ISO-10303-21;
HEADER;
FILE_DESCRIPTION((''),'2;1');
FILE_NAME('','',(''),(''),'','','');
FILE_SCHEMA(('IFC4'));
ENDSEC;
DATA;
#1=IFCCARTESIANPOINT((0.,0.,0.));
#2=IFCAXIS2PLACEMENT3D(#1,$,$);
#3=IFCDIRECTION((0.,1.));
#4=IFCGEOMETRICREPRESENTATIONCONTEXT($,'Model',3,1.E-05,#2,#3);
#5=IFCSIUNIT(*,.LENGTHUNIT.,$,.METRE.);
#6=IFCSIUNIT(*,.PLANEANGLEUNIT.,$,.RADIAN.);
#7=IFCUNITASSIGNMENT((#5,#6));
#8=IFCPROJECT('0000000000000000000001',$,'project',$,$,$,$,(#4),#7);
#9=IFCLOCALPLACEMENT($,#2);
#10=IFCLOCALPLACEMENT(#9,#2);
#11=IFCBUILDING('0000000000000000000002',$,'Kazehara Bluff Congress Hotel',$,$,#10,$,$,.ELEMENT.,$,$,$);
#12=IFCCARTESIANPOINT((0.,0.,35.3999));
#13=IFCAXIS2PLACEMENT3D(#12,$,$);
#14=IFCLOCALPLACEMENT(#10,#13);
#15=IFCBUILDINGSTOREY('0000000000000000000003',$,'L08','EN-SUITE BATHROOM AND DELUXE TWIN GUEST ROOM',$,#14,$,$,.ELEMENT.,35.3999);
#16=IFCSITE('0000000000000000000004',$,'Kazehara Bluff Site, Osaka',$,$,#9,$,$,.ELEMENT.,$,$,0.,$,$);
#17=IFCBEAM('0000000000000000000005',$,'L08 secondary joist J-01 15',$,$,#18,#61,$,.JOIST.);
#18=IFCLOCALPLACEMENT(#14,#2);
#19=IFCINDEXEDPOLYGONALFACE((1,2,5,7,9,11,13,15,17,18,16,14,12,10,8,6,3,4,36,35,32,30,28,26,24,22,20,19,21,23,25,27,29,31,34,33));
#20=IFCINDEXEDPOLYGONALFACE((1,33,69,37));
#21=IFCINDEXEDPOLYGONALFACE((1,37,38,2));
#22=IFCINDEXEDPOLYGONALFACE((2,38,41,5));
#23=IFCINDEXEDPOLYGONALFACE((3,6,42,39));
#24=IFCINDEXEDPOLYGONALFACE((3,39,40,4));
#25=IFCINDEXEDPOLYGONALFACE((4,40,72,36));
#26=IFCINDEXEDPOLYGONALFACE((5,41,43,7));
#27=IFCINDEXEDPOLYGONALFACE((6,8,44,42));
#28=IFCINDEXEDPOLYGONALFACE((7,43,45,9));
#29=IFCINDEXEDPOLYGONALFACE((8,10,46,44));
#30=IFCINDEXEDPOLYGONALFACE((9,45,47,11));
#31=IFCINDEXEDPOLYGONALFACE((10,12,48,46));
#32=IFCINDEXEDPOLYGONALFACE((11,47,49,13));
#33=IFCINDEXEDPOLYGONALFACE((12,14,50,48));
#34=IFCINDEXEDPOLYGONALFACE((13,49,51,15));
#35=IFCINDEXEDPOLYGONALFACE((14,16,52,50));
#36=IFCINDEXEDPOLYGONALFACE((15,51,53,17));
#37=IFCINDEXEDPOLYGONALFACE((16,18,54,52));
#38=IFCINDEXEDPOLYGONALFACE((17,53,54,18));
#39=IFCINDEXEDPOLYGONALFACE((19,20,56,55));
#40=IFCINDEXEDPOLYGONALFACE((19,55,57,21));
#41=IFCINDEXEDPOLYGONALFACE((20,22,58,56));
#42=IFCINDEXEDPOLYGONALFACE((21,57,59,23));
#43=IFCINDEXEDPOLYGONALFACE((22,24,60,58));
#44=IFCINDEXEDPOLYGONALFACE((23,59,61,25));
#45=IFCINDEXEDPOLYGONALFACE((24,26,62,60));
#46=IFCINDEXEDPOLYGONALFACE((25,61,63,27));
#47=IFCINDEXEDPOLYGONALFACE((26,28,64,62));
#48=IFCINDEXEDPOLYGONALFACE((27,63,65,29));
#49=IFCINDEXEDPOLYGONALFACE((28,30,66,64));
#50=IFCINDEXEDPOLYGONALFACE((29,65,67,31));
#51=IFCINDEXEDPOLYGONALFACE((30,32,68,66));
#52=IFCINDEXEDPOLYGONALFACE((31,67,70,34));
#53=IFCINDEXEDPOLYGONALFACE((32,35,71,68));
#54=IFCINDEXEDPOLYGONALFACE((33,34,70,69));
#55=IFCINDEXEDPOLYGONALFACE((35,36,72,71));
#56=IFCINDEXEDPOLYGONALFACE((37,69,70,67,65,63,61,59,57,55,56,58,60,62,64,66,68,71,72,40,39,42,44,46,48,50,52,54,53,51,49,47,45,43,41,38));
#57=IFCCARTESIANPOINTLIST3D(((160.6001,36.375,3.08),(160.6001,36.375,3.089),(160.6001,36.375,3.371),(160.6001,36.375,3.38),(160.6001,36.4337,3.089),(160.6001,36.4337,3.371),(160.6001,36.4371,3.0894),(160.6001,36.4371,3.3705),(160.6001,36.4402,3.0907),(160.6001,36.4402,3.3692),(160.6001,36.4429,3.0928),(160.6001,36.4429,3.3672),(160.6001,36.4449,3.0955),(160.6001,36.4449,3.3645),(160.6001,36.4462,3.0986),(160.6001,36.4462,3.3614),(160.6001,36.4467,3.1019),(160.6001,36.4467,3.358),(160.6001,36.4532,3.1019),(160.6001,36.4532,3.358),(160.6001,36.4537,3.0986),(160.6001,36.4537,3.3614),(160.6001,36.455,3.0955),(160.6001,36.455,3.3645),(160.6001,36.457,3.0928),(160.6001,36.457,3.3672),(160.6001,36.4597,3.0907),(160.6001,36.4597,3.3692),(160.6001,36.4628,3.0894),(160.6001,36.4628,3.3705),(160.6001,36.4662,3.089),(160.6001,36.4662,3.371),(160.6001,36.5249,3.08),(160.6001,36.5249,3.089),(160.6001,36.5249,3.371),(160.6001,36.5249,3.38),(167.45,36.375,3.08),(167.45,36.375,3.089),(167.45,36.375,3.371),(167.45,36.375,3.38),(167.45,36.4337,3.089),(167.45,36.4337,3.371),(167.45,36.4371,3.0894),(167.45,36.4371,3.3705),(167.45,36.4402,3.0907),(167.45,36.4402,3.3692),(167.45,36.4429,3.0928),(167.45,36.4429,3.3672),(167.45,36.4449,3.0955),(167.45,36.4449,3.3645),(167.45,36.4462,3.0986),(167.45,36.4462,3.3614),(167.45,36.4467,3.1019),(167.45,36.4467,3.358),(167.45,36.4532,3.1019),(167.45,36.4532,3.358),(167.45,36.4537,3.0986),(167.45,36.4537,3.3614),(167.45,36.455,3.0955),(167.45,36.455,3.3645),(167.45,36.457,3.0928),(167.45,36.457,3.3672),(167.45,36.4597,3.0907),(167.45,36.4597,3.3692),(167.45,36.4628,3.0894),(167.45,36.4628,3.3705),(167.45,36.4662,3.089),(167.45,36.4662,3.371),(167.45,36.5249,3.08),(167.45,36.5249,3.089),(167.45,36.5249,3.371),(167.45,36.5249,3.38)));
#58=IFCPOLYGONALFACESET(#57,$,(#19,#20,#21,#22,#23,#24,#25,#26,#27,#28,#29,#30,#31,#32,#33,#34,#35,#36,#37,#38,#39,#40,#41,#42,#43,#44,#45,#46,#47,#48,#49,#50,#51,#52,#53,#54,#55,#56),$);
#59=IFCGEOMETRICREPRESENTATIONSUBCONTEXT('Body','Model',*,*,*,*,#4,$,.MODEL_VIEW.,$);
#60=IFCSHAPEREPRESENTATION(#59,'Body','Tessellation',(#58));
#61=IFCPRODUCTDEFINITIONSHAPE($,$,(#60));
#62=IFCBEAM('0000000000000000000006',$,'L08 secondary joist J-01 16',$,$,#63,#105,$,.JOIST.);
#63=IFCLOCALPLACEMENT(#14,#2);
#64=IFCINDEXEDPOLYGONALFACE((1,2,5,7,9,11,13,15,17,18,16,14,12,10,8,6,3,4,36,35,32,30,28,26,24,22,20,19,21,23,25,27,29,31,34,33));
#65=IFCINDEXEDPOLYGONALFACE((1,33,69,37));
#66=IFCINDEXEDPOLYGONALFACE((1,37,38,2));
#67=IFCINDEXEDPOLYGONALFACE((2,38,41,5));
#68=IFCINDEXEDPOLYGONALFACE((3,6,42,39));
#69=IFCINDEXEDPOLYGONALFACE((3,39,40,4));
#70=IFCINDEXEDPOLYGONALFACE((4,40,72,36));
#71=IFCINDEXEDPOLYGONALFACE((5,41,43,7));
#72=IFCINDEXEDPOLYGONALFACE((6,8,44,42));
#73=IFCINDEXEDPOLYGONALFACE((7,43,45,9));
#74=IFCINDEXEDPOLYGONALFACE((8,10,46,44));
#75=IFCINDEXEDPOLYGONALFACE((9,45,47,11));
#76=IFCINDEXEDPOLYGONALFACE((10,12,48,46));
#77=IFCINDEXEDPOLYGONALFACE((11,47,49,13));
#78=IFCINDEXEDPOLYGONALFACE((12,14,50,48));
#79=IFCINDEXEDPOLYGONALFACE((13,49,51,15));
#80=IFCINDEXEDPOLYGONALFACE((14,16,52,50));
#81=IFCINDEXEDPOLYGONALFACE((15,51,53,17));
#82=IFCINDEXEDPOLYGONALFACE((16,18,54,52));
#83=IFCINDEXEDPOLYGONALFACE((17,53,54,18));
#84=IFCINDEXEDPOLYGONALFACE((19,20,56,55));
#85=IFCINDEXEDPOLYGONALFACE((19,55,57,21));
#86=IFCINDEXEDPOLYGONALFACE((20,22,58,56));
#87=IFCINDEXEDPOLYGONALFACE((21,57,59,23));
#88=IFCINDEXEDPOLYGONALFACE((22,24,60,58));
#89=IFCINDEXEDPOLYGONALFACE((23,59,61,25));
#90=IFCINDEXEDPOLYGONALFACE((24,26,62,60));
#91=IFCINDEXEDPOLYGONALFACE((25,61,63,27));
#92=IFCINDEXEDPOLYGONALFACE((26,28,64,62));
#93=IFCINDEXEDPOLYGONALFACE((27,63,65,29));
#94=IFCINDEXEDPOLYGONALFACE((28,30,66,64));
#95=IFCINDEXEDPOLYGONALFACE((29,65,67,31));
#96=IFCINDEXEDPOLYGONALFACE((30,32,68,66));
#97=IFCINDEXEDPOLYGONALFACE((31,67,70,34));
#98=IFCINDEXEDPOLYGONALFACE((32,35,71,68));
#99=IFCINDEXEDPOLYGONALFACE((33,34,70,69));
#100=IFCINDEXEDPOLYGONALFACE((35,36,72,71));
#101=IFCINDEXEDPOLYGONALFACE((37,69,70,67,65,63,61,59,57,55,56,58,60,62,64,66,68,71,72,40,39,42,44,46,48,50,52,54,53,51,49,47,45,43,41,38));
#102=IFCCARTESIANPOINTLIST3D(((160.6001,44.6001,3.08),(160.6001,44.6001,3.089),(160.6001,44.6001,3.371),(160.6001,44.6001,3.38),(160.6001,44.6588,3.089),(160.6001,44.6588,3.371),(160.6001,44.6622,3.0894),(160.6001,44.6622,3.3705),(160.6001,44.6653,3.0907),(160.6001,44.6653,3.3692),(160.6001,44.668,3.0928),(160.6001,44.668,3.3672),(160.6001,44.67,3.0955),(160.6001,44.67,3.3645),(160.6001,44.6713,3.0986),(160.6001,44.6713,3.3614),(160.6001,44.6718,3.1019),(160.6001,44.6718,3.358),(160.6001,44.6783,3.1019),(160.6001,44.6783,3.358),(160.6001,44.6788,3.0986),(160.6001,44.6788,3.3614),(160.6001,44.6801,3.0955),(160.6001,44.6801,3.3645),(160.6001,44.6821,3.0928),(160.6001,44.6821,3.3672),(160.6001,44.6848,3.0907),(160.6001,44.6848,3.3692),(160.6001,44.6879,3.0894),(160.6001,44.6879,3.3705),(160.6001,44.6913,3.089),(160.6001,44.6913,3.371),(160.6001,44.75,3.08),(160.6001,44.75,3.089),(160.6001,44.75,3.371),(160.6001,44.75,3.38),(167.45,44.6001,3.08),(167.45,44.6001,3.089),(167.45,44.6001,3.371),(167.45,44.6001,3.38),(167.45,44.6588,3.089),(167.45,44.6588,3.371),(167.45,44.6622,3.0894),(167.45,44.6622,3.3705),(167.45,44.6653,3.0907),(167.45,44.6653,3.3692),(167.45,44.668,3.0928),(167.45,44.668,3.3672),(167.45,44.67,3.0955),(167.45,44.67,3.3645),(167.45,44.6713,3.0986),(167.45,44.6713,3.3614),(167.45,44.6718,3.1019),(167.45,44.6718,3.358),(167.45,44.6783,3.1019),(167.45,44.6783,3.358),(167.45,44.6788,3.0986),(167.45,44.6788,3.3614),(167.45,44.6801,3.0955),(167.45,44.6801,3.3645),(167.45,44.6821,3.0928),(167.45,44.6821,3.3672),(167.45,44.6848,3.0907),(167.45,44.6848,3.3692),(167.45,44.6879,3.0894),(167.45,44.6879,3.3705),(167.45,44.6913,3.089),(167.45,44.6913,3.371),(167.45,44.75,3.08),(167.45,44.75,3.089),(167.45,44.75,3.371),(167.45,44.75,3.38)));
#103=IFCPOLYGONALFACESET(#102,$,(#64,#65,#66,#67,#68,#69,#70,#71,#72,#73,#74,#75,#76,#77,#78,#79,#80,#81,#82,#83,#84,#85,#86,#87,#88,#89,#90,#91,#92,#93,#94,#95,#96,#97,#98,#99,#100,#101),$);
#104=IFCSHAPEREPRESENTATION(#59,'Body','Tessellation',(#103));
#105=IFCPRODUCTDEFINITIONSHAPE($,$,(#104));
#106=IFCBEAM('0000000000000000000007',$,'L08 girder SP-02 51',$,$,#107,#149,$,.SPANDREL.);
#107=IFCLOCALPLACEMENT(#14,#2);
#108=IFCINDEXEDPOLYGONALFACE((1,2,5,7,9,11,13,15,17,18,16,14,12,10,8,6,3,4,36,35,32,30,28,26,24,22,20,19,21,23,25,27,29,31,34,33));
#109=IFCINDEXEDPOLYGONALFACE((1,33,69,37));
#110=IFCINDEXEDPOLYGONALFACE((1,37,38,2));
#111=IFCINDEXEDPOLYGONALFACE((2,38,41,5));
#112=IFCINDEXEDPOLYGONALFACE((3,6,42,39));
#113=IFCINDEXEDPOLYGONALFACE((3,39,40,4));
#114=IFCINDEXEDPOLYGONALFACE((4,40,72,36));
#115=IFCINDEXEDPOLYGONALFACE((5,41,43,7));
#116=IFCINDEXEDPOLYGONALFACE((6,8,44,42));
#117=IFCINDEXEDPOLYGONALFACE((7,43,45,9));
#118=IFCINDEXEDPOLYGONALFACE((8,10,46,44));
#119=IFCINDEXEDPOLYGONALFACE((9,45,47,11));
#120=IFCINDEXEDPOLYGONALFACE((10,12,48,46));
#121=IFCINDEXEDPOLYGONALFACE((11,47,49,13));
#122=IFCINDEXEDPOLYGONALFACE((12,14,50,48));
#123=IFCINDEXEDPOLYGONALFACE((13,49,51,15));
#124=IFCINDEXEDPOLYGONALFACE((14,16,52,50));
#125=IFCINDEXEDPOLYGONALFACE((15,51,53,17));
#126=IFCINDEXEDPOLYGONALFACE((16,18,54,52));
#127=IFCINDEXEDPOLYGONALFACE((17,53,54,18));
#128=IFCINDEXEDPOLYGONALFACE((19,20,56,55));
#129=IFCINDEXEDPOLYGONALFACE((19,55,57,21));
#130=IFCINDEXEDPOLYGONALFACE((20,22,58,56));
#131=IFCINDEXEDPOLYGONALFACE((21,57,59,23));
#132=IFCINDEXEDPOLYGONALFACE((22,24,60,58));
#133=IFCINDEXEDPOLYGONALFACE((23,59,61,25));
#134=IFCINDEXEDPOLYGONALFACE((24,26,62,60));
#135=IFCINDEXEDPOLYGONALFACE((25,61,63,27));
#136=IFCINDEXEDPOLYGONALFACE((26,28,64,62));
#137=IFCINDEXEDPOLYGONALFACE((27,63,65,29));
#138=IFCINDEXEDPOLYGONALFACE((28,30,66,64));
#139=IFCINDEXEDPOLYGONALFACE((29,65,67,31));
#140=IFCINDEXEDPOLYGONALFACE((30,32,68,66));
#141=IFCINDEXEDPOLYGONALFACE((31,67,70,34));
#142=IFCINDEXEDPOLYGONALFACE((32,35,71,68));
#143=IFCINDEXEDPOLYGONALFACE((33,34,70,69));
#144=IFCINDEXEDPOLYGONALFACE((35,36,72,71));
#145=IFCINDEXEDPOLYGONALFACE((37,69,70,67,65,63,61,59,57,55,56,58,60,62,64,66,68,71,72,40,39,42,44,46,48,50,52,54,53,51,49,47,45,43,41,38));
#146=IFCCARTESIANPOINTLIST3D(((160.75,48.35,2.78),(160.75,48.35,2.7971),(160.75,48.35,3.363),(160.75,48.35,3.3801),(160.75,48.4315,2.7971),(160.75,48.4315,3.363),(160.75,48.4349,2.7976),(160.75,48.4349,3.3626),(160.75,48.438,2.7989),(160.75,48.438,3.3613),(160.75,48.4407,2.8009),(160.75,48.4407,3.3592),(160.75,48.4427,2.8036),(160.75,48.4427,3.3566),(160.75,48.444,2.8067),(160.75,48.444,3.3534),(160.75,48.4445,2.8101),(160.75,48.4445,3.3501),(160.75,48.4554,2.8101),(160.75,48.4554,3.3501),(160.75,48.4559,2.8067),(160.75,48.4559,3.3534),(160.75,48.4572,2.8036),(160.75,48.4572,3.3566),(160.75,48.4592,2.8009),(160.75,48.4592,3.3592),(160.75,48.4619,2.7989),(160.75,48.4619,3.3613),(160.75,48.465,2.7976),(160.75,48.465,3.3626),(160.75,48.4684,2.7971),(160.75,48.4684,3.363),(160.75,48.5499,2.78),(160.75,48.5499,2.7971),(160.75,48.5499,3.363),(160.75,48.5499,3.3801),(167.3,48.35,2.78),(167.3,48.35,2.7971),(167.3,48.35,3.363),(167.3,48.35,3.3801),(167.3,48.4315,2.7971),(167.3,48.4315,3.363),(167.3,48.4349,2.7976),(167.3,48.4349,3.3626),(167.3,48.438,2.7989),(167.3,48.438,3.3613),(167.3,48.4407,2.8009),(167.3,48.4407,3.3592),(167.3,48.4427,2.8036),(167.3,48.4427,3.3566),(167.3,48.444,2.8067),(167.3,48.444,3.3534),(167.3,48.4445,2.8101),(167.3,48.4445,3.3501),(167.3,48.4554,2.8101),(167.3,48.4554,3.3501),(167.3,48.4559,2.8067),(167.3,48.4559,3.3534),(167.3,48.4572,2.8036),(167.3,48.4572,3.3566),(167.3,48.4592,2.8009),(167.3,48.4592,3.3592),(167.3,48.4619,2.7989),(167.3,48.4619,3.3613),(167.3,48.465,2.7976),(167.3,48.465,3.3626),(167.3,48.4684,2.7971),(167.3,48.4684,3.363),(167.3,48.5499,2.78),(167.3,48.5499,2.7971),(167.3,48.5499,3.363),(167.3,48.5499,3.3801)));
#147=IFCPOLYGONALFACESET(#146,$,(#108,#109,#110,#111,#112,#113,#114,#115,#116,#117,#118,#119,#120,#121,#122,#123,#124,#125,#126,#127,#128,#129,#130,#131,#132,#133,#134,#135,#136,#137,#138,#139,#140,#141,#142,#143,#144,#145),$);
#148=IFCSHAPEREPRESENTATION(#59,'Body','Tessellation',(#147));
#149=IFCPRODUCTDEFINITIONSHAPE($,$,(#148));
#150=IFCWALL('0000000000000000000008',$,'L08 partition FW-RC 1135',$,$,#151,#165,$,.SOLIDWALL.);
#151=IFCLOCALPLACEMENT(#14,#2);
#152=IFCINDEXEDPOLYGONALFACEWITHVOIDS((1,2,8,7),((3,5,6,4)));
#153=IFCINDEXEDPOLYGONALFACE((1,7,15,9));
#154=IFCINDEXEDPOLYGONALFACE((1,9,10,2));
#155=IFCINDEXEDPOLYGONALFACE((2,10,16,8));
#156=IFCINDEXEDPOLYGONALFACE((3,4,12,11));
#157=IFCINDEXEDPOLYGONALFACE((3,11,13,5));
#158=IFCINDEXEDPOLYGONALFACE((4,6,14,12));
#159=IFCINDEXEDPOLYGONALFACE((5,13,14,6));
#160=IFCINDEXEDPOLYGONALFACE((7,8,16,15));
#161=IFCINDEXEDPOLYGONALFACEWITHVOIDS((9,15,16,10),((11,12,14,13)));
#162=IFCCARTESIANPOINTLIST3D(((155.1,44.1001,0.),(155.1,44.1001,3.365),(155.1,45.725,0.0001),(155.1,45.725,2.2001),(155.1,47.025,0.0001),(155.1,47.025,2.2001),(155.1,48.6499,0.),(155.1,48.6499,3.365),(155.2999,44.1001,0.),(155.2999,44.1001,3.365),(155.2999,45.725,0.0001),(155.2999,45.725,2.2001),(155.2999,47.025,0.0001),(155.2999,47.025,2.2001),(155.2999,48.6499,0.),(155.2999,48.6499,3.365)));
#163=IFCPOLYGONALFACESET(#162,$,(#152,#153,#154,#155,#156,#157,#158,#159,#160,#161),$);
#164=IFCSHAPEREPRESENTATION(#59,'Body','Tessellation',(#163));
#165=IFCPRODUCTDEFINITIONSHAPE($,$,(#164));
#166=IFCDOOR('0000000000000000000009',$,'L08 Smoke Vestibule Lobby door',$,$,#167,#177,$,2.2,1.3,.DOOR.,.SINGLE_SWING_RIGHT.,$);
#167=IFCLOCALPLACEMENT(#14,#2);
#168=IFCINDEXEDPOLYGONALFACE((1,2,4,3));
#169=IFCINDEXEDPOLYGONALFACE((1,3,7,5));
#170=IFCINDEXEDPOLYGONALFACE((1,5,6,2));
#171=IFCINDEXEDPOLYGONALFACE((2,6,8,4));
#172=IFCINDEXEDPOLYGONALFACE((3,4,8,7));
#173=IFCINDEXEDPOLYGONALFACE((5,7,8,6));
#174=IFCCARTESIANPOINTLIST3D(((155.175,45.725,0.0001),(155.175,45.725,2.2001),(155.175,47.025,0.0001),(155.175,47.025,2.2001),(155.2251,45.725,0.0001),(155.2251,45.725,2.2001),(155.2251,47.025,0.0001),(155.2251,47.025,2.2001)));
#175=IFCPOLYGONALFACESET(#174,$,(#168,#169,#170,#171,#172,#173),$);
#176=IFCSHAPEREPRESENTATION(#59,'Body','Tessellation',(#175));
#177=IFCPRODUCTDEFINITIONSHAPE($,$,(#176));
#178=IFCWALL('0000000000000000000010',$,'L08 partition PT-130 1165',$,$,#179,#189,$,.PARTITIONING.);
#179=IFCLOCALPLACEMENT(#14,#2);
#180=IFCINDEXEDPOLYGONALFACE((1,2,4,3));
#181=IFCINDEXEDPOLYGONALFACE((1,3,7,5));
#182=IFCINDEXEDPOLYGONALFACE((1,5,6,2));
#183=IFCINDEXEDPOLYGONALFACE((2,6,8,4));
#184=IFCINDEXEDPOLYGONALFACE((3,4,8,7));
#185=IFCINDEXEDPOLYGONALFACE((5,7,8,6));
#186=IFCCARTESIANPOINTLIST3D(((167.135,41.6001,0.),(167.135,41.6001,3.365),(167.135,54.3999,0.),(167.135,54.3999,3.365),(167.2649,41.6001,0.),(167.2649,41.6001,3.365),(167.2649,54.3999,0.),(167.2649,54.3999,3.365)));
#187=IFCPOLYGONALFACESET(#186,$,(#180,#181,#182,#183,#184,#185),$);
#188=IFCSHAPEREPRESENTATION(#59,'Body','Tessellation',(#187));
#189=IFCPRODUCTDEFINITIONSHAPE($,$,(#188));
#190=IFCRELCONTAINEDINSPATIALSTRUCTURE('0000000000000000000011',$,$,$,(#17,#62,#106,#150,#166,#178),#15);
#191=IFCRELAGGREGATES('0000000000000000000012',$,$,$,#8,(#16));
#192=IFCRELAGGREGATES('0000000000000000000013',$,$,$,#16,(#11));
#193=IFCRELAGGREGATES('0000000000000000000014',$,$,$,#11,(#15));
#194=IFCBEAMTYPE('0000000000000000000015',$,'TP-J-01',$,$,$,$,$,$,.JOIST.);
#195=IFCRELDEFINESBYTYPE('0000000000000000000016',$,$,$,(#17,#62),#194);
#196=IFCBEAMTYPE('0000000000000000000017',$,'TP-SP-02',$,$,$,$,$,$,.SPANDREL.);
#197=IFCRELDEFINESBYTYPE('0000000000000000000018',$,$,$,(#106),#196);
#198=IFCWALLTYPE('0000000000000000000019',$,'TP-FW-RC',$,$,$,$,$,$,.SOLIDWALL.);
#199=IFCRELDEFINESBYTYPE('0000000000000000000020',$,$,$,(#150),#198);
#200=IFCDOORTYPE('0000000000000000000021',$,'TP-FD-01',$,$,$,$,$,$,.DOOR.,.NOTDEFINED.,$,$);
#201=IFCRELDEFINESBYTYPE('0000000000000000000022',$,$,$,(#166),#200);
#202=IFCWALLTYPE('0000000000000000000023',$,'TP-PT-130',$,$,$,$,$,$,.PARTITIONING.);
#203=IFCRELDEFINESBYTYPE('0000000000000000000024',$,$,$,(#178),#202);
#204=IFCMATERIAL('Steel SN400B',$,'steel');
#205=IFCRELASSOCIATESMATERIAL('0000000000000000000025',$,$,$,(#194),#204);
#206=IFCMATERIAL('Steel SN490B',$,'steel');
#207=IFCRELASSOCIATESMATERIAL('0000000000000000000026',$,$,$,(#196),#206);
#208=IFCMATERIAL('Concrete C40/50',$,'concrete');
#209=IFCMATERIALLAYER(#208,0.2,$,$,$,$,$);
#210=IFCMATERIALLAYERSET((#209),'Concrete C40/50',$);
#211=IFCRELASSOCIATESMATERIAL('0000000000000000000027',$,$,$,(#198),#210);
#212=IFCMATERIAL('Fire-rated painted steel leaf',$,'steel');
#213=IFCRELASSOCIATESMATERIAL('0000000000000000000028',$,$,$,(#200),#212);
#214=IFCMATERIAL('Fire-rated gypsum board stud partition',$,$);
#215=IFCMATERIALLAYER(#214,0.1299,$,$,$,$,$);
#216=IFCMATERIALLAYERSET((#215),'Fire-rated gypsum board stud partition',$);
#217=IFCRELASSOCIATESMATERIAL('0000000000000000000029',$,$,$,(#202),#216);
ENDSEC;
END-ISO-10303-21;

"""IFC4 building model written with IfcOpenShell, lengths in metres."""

from ifc_helpers import new_model, si_unit, direction, frame, frame_2d, origin, origin_2d, place, context, subcontext, project, spatial, rectangle, i_section, extrude, material, layer, layer_set, material_profile, profile_set, type_object, element, fill, save


model = new_model("IFC4")

# Units and contexts
model_context = context("Model", 3, precision=1e-05, world=origin(), true_north=direction((0.0, 1.0)))
body_context = subcontext(model_context, "Body", "Model", "MODEL_VIEW")
ifc_project = project(units=[si_unit("LENGTHUNIT", "METRE"), si_unit("PLANEANGLEUNIT", "RADIAN")], contexts=[model_context])

# Site, building, storey
site_placement = place(None, origin())
site = spatial("IfcSite", under=ifc_project, at=site_placement, Name="Kazehara Bluff Site, Osaka", CompositionType="ELEMENT", RefElevation=0.0)
building_placement = place(site_placement, origin())
building = spatial("IfcBuilding", under=site, at=building_placement, Name="Kazehara Bluff Congress Hotel", CompositionType="ELEMENT")
storey_placement = place(building_placement, frame((0.0, 0.0, 35.3999)))
storey = spatial("IfcBuildingStorey", under=building, at=storey_placement, Name="L08", Description="EN-SUITE BATHROOM AND DELUXE TWIN GUEST ROOM", CompositionType="ELEMENT", Elevation=35.3999)

# Beams
ifc_material_1 = material(Name="Steel SN400B", Category="steel")
ifc_material_profile_1 = material_profile(ifc_material_1, i_section(OverallWidth=0.1499, OverallDepth=0.3, WebThickness=0.0066, FlangeThickness=0.009, FilletRadius=0.0129, at=origin_2d()))
ifc_profile_set_1 = profile_set([ifc_material_profile_1], Name="Steel SN400B")
beam_type_1 = type_object("IfcBeamType", Name="TP-J-01", PredefinedType="JOIST", material=ifc_profile_set_1)
for number, where, z_axis, x_axis, name in (
    (1, (160.6001, 36.45, 3.23), (1.0, 0.0, 0.0), (0.0, 1.0, 0.0), "L08 secondary joist J-01 15"),
    (2, (160.6001, 44.675, 3.23), (1.0, 0.0, 0.0), (0.0, 1.0, 0.0), "L08 secondary joist J-01 16"),
):
    element("IfcBeam", number, at=place(storey_placement, frame(where, z_axis=z_axis, x_axis=x_axis)), inside=storey, type_object=beam_type_1, Name=name, PredefinedType="JOIST", context=body_context, shape_type="SweptSolid", body=[
        extrude(i_section(OverallWidth=0.1499, OverallDepth=0.3, WebThickness=0.0066, FlangeThickness=0.009, FilletRadius=0.0129, at=origin_2d()), origin(), (0.0, 0.0, 1.0), 6.8499),
    ])
ifc_material_2 = material(Name="Steel SN490B", Category="steel")
ifc_material_profile_2 = material_profile(ifc_material_2, i_section(OverallWidth=0.2, OverallDepth=0.6001, WebThickness=0.011, FlangeThickness=0.0171, FilletRadius=0.0129, at=origin_2d()))
ifc_profile_set_2 = profile_set([ifc_material_profile_2], Name="Steel SN490B")
beam_type_2 = type_object("IfcBeamType", Name="TP-SP-02", PredefinedType="SPANDREL", material=ifc_profile_set_2)
beam_1_placement = place(storey_placement, frame((160.75, 48.45, 3.0801), z_axis=(1.0, 0.0, 0.0), x_axis=(0.0, 1.0, 0.0)))
element("IfcBeam", 3, at=beam_1_placement, inside=storey, type_object=beam_type_2, Name="L08 girder SP-02 51", PredefinedType="SPANDREL", context=body_context, shape_type="SweptSolid", body=[
    extrude(i_section(OverallWidth=0.2, OverallDepth=0.6001, WebThickness=0.011, FlangeThickness=0.0171, FilletRadius=0.0129, at=origin_2d()), origin(), (0.0, 0.0, 1.0), 6.55),
])

# Wall, opening, door
ifc_material_3 = material(Name="Concrete C40/50", Category="concrete")
ifc_layer_1 = layer(ifc_material_3, 0.2)
ifc_layer_set_1 = layer_set([ifc_layer_1], Name="Concrete C40/50")
wall_type_1 = type_object("IfcWallType", Name="TP-FW-RC", PredefinedType="SOLIDWALL", material=ifc_layer_set_1)
wall_1_placement = place(storey_placement, frame((155.2, 44.1001, 0.0), z_axis=(0.0, 0.0, 1.0), x_axis=(0.0, 1.0, 0.0)))
wall_1 = element("IfcWall", 4, at=wall_1_placement, inside=storey, type_object=wall_type_1, Name="L08 partition FW-RC 1135", PredefinedType="SOLIDWALL", context=body_context, shape_type="SweptSolid", body=[
    extrude(rectangle(XDim=4.5498, YDim=0.2, at=frame_2d((2.2749, 0.0))), origin(), (0.0, 0.0, 1.0), 3.365),
])
opening_1_placement = place(wall_1_placement, frame((1.625, 0.0, 0.0)))
opening_1 = element("IfcOpeningElement", 5, at=opening_1_placement, cuts=wall_1, PredefinedType="OPENING", context=body_context, shape_type="SweptSolid", body=[
    extrude(rectangle(XDim=1.3, YDim=2.2, at=frame_2d((0.6499, 1.1001))), frame((0.0, 0.1099, 0.0), z_axis=(0.0, -1.0, 0.0), x_axis=(1.0, 0.0, 0.0)), (0.0, 0.0, 1.0), 0.22),
])
ifc_material_4 = material(Name="Fire-rated painted steel leaf", Category="steel")
door_type_1 = type_object("IfcDoorType", Name="TP-FD-01", OperationType="NOTDEFINED", PredefinedType="DOOR", material=ifc_material_4)
door_1_placement = place(opening_1_placement, origin())
door_1 = element("IfcDoor", 6, at=door_1_placement, inside=storey, type_object=door_type_1, Name="L08 Smoke Vestibule Lobby door", OperationType="SINGLE_SWING_RIGHT", OverallHeight=2.2, OverallWidth=1.3, PredefinedType="DOOR", context=body_context, shape_type="SweptSolid", body=[
    extrude(rectangle(XDim=1.3, YDim=2.2, at=frame_2d((0.6499, 1.1001))), frame((0.0, 0.0249, 0.0), z_axis=(0.0, -1.0, 0.0), x_axis=(1.0, 0.0, 0.0)), (0.0, 0.0, 1.0), 0.05),
])
fill(opening_1, door_1)

# Wall
ifc_material_5 = material(Name="Fire-rated gypsum board stud partition")
ifc_layer_2 = layer(ifc_material_5, 0.1299)
ifc_layer_set_2 = layer_set([ifc_layer_2], Name="Fire-rated gypsum board stud partition")
wall_type_2 = type_object("IfcWallType", Name="TP-PT-130", PredefinedType="PARTITIONING", material=ifc_layer_set_2)
wall_2_placement = place(storey_placement, frame((167.2, 41.6001, 0.0), z_axis=(0.0, 0.0, 1.0), x_axis=(0.0, 1.0, 0.0)))
element("IfcWall", 7, at=wall_2_placement, inside=storey, type_object=wall_type_2, Name="L08 partition PT-130 1165", PredefinedType="PARTITIONING", context=body_context, shape_type="SweptSolid", body=[
    extrude(rectangle(XDim=12.7998, YDim=0.1299, at=frame_2d((6.3999, 0.0))), origin(), (0.0, 0.0, 1.0), 3.365),
])

save(model, "model.ifc")
